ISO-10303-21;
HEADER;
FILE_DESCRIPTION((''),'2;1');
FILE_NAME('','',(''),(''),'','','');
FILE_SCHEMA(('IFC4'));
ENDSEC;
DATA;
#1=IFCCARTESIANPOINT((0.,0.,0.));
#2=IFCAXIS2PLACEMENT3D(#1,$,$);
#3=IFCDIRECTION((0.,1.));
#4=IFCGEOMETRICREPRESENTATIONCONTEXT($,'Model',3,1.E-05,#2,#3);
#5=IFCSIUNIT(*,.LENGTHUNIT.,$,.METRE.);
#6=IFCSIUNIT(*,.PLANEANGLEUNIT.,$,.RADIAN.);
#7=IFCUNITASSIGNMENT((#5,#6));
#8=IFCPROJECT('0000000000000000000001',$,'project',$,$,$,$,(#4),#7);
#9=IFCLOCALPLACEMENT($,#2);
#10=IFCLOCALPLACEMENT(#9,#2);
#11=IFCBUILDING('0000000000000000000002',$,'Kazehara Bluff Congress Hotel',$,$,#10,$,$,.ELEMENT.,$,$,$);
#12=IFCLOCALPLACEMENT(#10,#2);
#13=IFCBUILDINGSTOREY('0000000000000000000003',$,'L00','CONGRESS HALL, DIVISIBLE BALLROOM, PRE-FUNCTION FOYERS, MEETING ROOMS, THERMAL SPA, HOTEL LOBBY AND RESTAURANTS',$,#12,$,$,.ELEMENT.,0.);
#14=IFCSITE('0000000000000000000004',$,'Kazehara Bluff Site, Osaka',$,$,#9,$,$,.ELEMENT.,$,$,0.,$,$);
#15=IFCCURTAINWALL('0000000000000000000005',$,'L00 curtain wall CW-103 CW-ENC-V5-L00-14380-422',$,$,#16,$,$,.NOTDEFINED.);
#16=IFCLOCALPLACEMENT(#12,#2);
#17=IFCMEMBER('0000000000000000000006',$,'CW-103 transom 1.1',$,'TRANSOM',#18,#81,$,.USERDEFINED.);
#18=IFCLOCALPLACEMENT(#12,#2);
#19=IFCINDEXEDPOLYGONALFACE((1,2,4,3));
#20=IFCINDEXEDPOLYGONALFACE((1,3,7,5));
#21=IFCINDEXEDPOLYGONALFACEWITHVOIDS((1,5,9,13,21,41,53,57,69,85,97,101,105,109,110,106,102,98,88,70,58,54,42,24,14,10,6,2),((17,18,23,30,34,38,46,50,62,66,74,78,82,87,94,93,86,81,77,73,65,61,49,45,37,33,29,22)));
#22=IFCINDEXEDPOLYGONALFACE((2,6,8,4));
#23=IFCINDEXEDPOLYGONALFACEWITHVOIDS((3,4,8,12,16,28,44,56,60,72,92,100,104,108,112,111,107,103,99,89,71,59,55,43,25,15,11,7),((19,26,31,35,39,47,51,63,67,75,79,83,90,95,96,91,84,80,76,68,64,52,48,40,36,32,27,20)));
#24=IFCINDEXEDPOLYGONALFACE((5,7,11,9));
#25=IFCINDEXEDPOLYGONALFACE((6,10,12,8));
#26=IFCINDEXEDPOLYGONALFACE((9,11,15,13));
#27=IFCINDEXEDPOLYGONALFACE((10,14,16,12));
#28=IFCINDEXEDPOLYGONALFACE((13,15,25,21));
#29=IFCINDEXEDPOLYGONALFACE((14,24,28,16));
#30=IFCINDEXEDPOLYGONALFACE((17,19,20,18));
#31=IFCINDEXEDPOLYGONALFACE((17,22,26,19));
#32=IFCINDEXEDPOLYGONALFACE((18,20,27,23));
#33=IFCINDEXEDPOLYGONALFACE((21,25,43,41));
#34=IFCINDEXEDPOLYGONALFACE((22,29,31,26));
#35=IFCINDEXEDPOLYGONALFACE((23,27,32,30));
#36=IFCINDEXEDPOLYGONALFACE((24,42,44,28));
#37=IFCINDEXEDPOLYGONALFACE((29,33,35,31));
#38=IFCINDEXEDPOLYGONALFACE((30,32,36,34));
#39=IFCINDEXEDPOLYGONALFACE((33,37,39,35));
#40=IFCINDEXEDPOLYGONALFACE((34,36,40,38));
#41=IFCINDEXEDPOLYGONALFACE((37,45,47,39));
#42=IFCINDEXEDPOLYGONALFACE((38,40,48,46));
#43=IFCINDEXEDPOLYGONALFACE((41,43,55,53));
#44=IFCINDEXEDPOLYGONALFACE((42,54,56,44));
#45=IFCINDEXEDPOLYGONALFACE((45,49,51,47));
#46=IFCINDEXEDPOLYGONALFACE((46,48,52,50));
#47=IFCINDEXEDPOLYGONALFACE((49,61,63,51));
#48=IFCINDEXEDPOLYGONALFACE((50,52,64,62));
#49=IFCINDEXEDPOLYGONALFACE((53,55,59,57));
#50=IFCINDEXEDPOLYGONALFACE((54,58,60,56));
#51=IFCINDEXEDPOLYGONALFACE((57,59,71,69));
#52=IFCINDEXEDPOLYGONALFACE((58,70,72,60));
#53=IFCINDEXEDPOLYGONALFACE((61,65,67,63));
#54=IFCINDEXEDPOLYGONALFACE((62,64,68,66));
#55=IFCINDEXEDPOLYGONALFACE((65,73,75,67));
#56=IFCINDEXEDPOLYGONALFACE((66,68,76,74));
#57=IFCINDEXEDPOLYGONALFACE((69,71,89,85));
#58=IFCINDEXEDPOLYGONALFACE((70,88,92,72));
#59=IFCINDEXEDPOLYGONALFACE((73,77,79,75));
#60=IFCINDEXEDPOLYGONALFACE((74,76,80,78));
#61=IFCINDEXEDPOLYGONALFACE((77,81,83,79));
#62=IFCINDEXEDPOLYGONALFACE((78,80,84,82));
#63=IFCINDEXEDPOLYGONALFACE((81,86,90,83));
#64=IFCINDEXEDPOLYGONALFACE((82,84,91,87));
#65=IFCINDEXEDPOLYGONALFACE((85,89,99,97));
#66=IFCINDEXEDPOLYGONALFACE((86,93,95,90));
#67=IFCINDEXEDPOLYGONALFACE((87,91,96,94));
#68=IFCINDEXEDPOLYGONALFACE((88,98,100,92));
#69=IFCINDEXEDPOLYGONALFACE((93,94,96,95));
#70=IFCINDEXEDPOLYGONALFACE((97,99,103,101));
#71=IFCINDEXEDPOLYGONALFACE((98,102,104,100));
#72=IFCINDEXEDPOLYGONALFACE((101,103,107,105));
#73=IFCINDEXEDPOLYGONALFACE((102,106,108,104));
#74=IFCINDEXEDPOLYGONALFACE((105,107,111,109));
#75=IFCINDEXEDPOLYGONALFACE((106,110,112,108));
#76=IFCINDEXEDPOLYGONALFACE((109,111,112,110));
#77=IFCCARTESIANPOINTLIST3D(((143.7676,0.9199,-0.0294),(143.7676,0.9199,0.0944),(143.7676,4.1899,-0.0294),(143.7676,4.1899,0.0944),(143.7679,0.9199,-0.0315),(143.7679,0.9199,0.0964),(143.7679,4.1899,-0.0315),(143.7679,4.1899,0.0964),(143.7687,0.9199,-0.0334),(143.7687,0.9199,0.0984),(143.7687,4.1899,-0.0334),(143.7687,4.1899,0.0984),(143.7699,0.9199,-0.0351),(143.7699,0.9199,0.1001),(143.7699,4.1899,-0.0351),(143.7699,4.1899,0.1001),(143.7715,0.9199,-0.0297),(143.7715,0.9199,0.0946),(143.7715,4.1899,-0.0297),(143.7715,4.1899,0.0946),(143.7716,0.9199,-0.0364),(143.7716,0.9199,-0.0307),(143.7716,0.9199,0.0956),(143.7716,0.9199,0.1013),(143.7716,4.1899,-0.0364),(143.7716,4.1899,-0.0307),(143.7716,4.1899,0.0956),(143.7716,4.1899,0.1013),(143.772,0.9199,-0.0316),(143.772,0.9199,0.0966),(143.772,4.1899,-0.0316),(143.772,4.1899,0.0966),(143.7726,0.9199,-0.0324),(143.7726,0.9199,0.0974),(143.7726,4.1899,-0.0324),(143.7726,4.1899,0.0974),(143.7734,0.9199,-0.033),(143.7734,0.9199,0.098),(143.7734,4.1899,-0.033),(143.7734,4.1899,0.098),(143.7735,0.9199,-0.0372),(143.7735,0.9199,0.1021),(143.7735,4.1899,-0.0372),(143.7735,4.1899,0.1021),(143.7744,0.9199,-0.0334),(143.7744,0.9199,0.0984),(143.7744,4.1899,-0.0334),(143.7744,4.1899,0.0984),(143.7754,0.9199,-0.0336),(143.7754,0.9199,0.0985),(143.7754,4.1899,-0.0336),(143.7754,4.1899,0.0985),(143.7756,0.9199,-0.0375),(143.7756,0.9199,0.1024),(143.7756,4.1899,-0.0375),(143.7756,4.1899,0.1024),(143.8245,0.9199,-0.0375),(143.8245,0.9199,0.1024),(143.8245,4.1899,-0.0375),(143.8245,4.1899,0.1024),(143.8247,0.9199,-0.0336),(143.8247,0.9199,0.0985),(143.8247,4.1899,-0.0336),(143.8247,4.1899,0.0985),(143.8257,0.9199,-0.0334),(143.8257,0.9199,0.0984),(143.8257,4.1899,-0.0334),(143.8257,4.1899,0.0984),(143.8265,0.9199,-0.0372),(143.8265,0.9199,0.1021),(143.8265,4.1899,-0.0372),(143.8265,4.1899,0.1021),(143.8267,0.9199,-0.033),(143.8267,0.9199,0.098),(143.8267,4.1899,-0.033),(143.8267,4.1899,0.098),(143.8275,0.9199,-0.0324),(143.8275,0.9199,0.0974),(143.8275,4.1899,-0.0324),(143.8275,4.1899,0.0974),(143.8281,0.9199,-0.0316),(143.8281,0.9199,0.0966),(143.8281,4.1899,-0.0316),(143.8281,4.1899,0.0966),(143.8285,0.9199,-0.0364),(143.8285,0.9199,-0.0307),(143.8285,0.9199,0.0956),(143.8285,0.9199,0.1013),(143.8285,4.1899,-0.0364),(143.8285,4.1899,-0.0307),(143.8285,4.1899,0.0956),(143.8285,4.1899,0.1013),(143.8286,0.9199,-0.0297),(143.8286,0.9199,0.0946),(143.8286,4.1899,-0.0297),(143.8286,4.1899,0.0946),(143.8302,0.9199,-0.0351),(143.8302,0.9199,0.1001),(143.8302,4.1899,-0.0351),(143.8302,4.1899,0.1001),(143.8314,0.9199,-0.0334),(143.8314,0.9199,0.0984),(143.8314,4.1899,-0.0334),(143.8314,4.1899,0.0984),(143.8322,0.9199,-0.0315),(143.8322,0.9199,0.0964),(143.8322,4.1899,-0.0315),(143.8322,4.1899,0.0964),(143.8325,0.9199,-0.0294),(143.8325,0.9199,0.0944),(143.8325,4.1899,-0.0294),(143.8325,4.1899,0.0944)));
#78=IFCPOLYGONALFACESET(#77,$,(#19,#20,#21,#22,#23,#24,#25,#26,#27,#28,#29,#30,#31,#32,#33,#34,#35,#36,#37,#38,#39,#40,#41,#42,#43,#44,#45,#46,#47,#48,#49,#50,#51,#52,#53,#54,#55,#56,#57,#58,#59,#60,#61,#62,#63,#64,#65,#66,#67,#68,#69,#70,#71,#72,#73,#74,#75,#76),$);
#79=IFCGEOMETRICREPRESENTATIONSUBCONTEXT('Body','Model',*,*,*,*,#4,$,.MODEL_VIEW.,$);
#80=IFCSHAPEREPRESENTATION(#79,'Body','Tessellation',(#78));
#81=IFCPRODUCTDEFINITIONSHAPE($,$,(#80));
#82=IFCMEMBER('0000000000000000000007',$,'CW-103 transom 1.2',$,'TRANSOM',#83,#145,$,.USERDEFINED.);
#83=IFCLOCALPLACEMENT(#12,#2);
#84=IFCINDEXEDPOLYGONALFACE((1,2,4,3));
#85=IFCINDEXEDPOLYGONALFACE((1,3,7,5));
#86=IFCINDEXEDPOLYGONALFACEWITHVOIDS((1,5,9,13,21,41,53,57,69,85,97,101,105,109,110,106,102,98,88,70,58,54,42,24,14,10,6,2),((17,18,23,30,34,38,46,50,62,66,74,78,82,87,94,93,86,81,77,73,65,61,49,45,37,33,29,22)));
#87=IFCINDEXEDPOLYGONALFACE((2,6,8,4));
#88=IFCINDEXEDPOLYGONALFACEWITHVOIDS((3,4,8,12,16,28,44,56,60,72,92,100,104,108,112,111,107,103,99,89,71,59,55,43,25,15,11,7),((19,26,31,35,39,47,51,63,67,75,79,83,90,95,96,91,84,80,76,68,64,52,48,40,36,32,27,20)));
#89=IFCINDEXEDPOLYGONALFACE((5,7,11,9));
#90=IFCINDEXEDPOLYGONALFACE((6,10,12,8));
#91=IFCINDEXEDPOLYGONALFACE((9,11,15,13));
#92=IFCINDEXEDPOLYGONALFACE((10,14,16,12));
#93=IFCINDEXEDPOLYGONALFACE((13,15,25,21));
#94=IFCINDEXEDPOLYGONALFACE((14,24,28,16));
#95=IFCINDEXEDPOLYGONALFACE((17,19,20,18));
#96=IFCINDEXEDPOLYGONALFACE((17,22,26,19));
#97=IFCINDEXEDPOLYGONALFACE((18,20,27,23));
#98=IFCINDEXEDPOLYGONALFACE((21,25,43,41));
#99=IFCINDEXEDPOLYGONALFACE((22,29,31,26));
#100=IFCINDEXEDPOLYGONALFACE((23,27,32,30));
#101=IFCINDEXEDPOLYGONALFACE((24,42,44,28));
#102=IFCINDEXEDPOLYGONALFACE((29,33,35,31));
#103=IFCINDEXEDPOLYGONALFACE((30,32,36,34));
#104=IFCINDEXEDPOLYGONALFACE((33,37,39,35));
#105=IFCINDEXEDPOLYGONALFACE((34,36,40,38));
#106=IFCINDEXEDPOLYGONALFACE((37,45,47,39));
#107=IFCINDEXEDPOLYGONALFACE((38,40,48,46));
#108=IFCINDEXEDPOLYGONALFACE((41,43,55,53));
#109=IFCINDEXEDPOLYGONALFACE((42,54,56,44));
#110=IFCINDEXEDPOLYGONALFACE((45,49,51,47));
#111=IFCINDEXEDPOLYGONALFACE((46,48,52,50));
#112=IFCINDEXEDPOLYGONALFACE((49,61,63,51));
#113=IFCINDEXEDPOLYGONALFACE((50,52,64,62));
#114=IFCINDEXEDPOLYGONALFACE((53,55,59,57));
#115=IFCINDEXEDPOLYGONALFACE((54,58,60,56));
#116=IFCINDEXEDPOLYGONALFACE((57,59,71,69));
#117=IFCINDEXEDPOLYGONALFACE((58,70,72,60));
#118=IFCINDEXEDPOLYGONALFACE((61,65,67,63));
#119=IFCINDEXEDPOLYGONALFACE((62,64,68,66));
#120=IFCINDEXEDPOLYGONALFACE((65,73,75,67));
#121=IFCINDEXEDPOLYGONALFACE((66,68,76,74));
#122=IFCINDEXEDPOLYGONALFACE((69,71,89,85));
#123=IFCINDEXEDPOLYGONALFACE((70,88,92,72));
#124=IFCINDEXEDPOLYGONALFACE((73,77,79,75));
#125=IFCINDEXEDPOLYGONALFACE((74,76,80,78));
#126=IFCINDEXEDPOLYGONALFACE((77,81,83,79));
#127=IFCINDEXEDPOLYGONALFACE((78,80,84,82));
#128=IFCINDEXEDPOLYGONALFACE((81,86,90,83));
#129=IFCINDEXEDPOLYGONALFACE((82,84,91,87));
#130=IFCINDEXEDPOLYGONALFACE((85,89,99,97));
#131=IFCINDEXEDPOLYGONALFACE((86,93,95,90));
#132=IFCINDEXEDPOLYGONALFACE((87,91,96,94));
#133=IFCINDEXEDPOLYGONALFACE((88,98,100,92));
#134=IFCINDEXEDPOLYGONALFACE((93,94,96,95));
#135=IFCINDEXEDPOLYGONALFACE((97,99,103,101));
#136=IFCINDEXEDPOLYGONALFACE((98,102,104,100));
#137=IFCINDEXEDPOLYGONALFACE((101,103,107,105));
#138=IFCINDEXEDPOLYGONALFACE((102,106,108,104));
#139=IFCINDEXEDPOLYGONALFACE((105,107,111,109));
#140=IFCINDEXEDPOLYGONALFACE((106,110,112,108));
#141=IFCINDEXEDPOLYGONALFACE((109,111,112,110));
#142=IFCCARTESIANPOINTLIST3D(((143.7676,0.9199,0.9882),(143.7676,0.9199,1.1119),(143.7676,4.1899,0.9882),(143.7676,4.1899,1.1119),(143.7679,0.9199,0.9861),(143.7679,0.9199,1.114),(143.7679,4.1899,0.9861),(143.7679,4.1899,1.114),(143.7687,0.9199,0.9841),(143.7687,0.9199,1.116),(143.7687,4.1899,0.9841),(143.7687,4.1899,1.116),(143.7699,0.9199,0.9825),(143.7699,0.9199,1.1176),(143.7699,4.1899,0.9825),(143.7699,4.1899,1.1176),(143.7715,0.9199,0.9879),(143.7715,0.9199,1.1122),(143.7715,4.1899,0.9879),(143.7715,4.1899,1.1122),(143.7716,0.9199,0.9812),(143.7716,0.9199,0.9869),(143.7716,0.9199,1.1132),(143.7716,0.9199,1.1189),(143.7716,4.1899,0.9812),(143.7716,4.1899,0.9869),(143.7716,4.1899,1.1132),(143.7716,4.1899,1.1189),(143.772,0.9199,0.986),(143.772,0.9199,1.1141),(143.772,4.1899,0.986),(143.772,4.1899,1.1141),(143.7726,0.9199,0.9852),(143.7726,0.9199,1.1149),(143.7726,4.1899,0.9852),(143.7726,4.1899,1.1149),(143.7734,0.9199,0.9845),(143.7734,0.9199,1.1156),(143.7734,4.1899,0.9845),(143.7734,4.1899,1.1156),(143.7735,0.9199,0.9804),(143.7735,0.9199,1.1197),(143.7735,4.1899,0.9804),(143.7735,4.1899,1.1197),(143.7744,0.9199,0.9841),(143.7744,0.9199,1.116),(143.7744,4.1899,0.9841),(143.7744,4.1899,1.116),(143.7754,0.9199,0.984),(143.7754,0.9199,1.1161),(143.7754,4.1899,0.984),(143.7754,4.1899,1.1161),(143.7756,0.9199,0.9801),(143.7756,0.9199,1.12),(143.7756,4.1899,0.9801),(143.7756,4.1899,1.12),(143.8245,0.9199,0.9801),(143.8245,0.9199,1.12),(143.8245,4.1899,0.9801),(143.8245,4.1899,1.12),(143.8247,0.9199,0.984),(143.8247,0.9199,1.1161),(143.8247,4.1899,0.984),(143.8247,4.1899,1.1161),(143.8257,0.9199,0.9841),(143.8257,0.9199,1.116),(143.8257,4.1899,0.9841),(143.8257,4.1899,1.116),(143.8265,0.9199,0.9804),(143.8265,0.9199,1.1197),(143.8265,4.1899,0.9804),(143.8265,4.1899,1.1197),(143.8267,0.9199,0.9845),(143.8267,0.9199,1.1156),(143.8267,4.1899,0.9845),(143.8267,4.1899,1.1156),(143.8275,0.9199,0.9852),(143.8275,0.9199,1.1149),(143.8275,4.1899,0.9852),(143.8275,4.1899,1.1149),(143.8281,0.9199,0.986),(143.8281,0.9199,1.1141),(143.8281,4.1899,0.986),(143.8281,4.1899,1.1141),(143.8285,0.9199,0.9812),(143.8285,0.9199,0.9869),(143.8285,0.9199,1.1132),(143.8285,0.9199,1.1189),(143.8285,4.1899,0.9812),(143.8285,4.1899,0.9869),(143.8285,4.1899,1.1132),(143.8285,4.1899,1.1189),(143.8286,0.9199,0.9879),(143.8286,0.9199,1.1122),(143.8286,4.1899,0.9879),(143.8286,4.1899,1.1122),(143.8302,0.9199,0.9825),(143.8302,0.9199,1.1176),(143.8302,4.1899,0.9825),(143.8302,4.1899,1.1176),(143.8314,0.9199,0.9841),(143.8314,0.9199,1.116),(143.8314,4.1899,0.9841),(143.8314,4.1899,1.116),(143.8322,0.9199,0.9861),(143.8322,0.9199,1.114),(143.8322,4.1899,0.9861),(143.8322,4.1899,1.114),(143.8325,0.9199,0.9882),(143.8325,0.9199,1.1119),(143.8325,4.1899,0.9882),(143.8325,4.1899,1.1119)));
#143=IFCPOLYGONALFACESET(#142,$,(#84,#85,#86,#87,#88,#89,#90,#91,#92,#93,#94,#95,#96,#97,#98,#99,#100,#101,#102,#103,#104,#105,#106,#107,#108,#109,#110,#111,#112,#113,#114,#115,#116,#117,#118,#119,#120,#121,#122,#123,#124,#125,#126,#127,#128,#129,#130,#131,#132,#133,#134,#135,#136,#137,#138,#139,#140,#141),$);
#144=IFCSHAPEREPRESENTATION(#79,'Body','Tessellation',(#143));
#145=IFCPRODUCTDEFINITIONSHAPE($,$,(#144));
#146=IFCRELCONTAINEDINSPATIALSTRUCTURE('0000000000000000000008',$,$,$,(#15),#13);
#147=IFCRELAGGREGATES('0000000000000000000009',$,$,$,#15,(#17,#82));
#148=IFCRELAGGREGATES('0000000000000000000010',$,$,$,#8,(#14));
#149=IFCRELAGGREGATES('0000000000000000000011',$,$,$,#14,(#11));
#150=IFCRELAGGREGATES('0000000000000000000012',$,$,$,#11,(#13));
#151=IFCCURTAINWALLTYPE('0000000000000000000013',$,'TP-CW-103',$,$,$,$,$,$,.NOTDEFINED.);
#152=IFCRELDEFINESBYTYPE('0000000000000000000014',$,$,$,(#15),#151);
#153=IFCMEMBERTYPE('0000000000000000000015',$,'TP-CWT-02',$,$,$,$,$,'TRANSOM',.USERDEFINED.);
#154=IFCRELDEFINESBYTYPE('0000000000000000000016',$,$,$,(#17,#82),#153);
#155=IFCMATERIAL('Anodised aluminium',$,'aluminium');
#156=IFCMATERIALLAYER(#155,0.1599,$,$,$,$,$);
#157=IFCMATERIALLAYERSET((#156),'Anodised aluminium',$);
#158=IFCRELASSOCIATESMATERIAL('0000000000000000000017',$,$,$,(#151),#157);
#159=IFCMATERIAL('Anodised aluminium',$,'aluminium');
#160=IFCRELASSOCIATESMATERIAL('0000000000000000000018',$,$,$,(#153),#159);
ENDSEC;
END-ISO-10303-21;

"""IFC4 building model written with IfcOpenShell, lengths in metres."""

from ifc_helpers import new_model, si_unit, direction, frame, origin, origin_2d, place, context, subcontext, project, spatial, hollow_rectangle, extrude, material, layer, layer_set, material_profile, profile_set, type_object, element, aggregate, save


model = new_model("IFC4")

# Units and contexts
model_context = context("Model", 3, precision=1e-05, world=origin(), true_north=direction((0.0, 1.0)))
body_context = subcontext(model_context, "Body", "Model", "MODEL_VIEW")
ifc_project = project(units=[si_unit("LENGTHUNIT", "METRE"), si_unit("PLANEANGLEUNIT", "RADIAN")], contexts=[model_context])

# Site, building, storey
site_placement = place(None, origin())
site = spatial("IfcSite", under=ifc_project, at=site_placement, Name="Kazehara Bluff Site, Osaka", CompositionType="ELEMENT", RefElevation=0.0)
building_placement = place(site_placement, origin())
building = spatial("IfcBuilding", under=site, at=building_placement, Name="Kazehara Bluff Congress Hotel", CompositionType="ELEMENT")
storey_placement = place(building_placement, origin())
storey = spatial("IfcBuildingStorey", under=building, at=storey_placement, Name="L00", Description="CONGRESS HALL, DIVISIBLE BALLROOM, PRE-FUNCTION FOYERS, MEETING ROOMS, THERMAL SPA, HOTEL LOBBY AND RESTAURANTS", CompositionType="ELEMENT", Elevation=0.0)

# Curtain wall
ifc_material_1 = material(Name="Anodised aluminium", Category="aluminium")
ifc_layer_1 = layer(ifc_material_1, 0.1599)
ifc_layer_set_1 = layer_set([ifc_layer_1], Name="Anodised aluminium")
curtain_wall_type_1 = type_object("IfcCurtainWallType", Name="TP-CW-103", PredefinedType="NOTDEFINED", material=ifc_layer_set_1)
curtain_wall_1_placement = place(storey_placement, origin())
curtain_wall_1 = element("IfcCurtainWall", 1, at=curtain_wall_1_placement, inside=storey, type_object=curtain_wall_type_1, Name="L00 curtain wall CW-103 CW-ENC-V5-L00-14380-422", PredefinedType="NOTDEFINED")

# Members
ifc_material_2 = material(Name="Anodised aluminium", Category="aluminium")
ifc_material_profile_1 = material_profile(ifc_material_2, hollow_rectangle(XDim=0.0649, YDim=0.1399, WallThickness=0.0039, InnerFilletRadius=0.0039, OuterFilletRadius=0.0081, at=origin_2d()))
ifc_profile_set_1 = profile_set([ifc_material_profile_1], Name="Anodised aluminium")
member_type_1 = type_object("IfcMemberType", Name="TP-CWT-02", ElementType="TRANSOM", PredefinedType="USERDEFINED", material=ifc_profile_set_1)
member_1_placement = place(storey_placement, frame((143.8, 0.9199, 0.0325), z_axis=(0.0, 1.0, 0.0), x_axis=(-1.0, 0.0, 0.0)))
member_1 = element("IfcMember", 2, at=member_1_placement, type_object=member_type_1, Name="CW-103 transom 1.1", ObjectType="TRANSOM", PredefinedType="USERDEFINED", context=body_context, shape_type="SweptSolid", body=[
    extrude(hollow_rectangle(XDim=0.0649, YDim=0.1399, WallThickness=0.0039, InnerFilletRadius=0.0039, OuterFilletRadius=0.0081, at=origin_2d()), origin(), (0.0, 0.0, 1.0), 3.27),
])
member_2_placement = place(storey_placement, frame((143.8, 0.9199, 1.05), z_axis=(0.0, 1.0, 0.0), x_axis=(-1.0, 0.0, 0.0)))
member_2 = element("IfcMember", 3, at=member_2_placement, type_object=member_type_1, Name="CW-103 transom 1.2", ObjectType="TRANSOM", PredefinedType="USERDEFINED", context=body_context, shape_type="SweptSolid", body=[
    extrude(hollow_rectangle(XDim=0.0649, YDim=0.1399, WallThickness=0.0039, InnerFilletRadius=0.0039, OuterFilletRadius=0.0081, at=origin_2d()), origin(), (0.0, 0.0, 1.0), 3.27),
])

aggregate(curtain_wall_1, [member_1, member_2])

save(model, "model.ifc")
